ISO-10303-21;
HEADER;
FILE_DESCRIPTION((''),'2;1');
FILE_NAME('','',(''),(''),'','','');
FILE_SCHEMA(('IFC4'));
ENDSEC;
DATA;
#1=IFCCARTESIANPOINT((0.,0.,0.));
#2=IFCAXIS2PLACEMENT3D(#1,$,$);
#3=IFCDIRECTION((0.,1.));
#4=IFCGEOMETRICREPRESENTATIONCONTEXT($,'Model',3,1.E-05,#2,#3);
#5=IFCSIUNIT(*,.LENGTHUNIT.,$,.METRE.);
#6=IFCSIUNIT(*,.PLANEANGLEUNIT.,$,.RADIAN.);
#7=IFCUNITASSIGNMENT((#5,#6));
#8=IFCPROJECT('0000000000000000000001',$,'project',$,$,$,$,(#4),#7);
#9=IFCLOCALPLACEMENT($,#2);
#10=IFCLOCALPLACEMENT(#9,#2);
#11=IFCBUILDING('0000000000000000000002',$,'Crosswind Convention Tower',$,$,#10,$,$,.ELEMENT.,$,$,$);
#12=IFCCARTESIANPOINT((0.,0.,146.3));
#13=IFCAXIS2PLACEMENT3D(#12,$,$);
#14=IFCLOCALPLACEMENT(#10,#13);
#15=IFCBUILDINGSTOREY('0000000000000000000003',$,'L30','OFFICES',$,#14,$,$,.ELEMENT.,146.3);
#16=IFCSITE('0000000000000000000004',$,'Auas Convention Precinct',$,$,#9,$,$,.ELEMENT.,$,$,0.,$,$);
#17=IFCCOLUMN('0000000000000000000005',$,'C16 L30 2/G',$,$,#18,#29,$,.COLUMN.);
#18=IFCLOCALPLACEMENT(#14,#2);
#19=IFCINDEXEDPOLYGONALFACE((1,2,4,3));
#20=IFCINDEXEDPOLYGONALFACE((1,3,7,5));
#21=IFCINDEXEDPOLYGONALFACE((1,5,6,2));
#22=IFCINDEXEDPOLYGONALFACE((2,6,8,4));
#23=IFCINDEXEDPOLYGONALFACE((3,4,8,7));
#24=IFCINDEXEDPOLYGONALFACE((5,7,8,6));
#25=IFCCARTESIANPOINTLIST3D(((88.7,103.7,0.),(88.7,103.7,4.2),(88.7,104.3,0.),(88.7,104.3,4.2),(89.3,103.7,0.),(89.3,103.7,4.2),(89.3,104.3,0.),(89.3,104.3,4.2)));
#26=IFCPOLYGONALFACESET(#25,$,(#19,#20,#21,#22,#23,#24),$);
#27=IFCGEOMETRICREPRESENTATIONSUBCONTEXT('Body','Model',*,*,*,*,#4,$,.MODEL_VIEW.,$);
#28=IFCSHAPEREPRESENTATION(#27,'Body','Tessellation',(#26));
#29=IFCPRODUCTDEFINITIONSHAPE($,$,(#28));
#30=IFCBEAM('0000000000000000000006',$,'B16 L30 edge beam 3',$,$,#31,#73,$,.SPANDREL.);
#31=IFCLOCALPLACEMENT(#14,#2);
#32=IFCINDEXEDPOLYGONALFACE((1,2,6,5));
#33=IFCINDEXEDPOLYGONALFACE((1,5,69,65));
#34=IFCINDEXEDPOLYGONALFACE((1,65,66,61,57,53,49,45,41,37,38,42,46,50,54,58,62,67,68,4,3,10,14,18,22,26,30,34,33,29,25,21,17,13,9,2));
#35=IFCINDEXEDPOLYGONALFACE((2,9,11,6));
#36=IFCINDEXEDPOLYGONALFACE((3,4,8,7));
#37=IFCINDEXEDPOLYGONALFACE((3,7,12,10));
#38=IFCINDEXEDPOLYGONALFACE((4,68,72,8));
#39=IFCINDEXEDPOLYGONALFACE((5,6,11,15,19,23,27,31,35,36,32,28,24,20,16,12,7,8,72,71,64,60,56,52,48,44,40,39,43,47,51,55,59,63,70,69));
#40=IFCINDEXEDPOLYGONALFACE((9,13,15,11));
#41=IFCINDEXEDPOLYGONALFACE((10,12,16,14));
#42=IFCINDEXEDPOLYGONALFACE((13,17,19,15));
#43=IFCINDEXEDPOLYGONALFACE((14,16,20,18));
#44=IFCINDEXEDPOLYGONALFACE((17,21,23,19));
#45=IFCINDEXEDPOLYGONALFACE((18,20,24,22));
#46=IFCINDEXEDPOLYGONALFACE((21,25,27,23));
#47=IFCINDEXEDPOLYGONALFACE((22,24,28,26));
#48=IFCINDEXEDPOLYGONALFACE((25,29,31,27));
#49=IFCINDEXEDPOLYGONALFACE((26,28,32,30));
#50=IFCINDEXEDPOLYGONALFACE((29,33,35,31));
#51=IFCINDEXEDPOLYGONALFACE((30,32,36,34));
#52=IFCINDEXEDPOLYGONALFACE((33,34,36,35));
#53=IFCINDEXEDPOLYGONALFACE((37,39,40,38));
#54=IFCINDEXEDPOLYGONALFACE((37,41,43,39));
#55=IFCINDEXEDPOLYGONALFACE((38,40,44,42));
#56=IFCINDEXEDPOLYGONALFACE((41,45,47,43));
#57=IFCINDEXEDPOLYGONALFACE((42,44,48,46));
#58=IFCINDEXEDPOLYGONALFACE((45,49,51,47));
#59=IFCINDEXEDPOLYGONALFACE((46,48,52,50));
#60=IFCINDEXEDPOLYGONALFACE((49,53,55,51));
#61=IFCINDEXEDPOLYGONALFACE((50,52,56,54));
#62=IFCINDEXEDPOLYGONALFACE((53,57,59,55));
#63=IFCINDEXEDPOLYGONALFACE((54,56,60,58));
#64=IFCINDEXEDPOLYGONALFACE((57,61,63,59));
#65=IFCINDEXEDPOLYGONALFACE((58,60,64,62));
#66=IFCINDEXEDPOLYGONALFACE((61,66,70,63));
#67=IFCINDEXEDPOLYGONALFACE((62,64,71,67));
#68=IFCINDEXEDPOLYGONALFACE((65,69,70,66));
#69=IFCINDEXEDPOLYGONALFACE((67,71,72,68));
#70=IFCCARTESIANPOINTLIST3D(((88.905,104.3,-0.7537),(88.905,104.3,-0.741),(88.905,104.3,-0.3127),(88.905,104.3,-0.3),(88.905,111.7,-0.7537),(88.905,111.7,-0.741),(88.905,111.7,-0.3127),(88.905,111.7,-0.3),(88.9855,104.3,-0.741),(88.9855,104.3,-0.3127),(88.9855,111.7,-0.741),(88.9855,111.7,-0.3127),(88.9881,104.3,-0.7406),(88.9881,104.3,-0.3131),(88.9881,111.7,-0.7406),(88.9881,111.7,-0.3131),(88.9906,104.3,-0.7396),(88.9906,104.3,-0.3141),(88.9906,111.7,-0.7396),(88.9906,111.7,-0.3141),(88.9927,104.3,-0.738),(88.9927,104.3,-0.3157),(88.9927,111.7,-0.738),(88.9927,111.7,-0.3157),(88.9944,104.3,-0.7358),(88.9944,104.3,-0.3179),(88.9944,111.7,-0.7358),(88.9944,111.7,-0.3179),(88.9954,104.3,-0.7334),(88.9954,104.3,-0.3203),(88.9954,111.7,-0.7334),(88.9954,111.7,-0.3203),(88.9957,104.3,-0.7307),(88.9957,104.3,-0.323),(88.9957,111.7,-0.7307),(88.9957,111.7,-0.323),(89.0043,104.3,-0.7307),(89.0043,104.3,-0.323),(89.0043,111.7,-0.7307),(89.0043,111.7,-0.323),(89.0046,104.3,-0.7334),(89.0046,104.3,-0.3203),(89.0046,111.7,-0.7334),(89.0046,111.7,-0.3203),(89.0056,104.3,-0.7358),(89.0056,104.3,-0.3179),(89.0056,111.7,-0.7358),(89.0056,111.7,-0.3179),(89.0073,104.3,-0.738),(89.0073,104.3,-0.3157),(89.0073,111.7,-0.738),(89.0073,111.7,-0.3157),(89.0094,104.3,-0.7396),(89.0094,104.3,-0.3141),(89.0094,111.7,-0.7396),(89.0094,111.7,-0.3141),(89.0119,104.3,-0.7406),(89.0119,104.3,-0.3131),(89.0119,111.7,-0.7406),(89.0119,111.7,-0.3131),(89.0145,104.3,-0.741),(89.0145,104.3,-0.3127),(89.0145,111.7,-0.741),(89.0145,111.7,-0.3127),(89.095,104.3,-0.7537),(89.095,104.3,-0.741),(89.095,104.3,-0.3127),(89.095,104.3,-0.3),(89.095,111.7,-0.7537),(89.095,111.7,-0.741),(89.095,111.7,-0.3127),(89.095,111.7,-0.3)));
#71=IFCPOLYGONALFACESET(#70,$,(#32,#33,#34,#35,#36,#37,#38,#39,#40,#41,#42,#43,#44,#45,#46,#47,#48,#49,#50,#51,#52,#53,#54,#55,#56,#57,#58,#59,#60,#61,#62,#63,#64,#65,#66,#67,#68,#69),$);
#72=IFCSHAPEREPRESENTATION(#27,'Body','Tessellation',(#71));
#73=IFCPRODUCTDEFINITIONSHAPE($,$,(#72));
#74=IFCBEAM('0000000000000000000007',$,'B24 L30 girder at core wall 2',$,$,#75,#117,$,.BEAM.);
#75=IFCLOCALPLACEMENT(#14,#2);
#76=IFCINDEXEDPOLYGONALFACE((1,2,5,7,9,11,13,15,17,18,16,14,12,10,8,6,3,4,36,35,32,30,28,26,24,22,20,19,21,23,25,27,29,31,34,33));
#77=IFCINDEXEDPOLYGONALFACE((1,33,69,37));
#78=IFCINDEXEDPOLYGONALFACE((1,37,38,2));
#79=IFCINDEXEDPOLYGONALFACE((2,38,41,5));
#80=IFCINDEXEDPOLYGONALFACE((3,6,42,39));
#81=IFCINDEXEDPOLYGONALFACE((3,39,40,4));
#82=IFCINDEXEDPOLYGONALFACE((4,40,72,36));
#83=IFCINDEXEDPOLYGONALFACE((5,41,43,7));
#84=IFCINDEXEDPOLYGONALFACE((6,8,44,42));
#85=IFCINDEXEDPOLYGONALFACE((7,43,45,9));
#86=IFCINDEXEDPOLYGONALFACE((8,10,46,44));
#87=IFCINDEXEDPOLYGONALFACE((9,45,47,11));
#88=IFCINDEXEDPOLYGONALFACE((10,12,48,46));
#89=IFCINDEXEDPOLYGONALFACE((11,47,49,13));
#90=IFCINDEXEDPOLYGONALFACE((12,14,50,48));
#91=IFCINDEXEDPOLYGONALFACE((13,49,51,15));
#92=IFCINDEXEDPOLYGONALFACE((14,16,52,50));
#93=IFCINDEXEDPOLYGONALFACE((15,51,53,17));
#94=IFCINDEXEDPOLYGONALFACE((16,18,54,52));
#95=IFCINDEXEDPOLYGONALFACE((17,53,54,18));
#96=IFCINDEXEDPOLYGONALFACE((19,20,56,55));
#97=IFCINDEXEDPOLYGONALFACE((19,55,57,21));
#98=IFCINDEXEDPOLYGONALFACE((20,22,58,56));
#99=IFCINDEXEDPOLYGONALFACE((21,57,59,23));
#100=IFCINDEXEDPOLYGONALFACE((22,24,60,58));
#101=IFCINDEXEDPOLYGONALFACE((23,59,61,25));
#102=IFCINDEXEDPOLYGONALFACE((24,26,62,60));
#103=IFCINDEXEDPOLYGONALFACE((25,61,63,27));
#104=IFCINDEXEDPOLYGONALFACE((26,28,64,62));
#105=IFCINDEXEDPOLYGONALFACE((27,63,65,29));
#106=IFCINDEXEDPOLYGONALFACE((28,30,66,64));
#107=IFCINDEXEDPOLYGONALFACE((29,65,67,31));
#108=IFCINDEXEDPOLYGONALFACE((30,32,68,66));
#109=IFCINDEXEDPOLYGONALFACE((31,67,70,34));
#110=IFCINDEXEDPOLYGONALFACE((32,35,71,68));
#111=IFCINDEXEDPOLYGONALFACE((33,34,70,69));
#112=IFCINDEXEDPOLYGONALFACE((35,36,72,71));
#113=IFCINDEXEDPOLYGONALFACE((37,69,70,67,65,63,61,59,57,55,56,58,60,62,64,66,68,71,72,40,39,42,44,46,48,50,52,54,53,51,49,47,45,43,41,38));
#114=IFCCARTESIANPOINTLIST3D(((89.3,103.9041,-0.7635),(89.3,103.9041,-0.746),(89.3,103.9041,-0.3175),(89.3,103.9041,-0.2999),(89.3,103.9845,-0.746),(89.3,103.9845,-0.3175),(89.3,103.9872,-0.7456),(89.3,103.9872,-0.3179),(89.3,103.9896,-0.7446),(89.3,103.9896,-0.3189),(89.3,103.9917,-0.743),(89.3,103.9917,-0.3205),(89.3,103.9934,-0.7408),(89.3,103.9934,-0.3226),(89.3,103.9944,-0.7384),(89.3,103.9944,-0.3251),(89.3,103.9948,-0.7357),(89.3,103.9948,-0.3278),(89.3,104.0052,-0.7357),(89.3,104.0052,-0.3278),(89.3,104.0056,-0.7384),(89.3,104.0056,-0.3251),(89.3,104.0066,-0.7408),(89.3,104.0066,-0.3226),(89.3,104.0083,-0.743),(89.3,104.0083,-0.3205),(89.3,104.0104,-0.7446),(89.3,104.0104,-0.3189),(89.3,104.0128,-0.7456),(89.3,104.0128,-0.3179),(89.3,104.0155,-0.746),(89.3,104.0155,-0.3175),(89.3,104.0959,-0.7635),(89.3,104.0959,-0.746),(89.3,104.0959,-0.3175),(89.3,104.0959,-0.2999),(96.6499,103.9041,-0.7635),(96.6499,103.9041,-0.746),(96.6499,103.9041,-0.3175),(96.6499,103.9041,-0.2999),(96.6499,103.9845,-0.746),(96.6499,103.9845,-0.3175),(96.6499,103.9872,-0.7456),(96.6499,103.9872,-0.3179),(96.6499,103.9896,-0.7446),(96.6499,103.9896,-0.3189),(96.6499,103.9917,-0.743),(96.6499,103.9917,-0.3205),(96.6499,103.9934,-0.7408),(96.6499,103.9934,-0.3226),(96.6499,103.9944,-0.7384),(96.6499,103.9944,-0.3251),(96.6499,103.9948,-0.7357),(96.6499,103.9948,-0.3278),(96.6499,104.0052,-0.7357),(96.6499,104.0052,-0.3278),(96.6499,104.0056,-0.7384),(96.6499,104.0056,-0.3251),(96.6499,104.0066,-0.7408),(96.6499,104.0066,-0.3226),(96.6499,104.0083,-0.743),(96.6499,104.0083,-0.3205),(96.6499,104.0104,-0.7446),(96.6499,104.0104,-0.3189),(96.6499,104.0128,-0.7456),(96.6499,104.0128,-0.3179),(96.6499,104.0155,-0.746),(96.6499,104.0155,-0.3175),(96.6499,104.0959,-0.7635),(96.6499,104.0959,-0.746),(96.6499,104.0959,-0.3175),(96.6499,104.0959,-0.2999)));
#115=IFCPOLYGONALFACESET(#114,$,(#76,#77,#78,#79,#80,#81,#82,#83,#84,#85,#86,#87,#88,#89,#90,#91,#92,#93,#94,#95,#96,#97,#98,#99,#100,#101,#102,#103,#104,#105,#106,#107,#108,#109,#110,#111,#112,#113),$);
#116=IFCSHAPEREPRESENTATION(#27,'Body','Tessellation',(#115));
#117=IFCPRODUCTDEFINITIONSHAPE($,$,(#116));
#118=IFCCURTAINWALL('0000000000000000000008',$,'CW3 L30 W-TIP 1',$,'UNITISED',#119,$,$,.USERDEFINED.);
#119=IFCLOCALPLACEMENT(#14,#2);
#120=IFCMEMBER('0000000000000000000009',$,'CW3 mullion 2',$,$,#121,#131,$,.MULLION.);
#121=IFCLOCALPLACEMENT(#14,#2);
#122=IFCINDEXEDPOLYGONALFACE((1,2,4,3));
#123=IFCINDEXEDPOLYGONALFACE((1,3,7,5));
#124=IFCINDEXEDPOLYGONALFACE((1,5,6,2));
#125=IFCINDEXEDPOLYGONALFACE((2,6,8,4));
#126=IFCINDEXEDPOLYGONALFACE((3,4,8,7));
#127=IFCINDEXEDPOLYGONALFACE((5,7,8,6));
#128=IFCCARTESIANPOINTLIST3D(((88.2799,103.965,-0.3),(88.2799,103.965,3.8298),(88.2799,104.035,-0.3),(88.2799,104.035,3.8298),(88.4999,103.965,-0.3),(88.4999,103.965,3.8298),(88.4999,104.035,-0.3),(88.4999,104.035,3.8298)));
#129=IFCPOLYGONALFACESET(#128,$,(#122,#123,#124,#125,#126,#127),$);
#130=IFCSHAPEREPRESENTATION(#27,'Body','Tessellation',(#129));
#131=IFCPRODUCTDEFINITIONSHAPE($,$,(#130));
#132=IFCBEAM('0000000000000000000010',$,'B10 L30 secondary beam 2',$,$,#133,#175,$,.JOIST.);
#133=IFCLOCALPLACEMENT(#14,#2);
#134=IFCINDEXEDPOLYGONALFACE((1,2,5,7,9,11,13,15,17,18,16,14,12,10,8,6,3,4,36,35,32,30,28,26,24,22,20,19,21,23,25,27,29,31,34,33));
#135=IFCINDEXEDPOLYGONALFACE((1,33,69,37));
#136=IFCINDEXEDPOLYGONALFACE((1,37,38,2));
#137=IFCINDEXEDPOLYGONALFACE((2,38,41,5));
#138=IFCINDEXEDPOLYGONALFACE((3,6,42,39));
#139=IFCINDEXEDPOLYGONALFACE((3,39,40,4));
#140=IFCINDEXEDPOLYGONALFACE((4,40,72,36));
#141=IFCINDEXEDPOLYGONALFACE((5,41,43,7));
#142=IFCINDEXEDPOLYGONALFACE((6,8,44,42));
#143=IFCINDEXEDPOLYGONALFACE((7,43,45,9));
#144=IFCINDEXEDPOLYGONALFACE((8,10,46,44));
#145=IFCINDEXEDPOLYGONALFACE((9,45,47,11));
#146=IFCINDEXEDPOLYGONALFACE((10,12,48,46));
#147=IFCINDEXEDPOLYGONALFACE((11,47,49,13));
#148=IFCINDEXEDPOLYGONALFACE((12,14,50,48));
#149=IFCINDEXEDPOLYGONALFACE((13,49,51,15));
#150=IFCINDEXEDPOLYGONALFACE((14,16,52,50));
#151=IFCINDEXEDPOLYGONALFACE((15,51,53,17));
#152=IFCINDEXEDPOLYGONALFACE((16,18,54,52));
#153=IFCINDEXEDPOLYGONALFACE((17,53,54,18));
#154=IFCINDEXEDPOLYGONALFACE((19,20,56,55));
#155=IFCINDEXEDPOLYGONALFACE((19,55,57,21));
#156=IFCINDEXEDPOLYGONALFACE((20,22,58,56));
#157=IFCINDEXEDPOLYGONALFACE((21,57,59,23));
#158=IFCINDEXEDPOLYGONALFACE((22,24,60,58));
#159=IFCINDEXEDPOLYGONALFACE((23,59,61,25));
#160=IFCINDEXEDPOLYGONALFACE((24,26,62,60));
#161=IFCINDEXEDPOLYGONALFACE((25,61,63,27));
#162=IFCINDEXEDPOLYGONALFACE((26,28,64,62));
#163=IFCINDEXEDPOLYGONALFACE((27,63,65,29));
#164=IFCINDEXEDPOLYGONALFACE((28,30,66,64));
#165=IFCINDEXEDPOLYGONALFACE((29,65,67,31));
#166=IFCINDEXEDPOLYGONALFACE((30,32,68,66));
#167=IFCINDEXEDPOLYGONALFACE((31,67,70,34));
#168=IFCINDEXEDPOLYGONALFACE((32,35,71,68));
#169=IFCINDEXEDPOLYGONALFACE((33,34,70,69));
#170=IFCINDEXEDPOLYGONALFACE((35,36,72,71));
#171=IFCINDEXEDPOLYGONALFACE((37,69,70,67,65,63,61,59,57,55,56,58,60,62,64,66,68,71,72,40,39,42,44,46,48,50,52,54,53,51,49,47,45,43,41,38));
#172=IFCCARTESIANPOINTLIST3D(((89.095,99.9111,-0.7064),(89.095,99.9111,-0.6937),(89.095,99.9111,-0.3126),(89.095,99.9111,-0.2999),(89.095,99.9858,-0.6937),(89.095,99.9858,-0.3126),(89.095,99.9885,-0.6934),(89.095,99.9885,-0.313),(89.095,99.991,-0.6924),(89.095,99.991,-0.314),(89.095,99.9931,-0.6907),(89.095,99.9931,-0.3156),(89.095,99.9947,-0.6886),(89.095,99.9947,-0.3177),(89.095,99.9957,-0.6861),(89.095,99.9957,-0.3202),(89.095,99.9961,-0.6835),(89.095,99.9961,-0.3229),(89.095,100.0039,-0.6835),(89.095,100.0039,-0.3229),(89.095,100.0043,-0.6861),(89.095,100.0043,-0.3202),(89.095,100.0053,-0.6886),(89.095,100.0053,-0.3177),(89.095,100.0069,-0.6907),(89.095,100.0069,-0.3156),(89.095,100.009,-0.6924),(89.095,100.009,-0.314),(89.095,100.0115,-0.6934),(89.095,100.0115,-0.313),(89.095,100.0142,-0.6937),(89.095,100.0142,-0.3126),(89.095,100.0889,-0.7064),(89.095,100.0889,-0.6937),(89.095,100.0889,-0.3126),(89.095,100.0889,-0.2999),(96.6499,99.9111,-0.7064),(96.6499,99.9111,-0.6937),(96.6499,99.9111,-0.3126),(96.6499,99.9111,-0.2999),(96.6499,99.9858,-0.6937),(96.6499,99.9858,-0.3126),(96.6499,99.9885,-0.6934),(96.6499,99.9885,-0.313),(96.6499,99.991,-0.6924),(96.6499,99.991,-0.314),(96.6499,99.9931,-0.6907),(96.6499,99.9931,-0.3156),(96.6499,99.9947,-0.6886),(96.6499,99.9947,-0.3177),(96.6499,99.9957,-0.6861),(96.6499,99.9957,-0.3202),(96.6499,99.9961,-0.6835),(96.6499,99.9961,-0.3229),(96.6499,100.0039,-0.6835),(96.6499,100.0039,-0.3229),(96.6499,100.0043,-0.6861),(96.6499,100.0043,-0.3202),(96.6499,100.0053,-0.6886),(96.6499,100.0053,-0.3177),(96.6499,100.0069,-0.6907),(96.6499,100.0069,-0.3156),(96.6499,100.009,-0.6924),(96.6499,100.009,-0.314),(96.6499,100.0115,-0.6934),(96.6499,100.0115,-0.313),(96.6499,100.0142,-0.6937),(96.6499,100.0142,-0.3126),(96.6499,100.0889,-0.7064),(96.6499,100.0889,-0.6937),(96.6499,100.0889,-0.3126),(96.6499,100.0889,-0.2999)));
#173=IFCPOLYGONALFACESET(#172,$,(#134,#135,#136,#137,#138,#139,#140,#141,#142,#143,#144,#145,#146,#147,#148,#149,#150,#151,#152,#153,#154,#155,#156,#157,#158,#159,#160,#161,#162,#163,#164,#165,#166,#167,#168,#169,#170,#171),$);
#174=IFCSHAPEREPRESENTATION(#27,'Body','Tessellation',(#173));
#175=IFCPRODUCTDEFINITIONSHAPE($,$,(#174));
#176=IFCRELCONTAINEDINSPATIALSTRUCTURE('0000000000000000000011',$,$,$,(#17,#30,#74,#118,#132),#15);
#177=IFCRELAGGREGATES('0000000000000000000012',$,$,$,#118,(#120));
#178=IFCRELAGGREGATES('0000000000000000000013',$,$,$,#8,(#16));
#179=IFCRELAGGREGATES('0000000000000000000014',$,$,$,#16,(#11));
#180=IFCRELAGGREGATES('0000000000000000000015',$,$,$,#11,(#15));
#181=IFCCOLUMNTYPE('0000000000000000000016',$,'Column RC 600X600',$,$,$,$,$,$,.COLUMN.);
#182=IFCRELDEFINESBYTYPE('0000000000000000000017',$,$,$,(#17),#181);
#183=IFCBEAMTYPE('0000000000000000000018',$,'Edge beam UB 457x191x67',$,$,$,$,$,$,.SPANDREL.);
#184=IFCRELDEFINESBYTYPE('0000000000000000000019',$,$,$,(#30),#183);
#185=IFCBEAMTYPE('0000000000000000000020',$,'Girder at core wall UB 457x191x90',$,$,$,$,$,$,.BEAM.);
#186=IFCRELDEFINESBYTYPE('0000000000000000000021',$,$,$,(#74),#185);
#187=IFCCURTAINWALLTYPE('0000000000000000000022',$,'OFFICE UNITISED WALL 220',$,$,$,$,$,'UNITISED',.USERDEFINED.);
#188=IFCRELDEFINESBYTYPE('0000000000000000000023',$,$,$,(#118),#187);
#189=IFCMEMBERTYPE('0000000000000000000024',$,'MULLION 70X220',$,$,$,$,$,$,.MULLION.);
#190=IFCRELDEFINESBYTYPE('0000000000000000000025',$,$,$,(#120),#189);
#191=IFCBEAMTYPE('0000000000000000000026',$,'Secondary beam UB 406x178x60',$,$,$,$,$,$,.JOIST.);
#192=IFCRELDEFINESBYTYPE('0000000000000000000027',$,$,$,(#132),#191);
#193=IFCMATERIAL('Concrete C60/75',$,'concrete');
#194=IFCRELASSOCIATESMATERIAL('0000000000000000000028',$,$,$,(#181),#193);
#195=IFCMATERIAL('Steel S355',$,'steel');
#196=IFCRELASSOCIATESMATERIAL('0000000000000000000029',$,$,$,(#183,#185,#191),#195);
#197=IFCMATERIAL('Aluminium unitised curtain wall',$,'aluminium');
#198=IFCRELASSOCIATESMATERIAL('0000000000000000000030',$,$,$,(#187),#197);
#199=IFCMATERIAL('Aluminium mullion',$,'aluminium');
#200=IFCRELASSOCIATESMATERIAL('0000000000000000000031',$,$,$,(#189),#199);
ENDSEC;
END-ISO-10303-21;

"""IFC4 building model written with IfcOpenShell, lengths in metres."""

from ifc_helpers import new_model, si_unit, direction, frame, origin, origin_2d, place, context, subcontext, project, spatial, rectangle, i_section, extrude, material, material_profile, profile_set, type_object, element, aggregate, save


model = new_model("IFC4")

# Units and contexts
model_context = context("Model", 3, precision=1e-05, world=origin(), true_north=direction((0.0, 1.0)))
body_context = subcontext(model_context, "Body", "Model", "MODEL_VIEW")
ifc_project = project(units=[si_unit("LENGTHUNIT", "METRE"), si_unit("PLANEANGLEUNIT", "RADIAN")], contexts=[model_context])

# Site, building, storey
site_placement = place(None, origin())
site = spatial("IfcSite", under=ifc_project, at=site_placement, Name="Auas Convention Precinct", CompositionType="ELEMENT", RefElevation=0.0)
building_placement = place(site_placement, origin())
building = spatial("IfcBuilding", under=site, at=building_placement, Name="Crosswind Convention Tower", CompositionType="ELEMENT")
storey_placement = place(building_placement, frame((0.0, 0.0, 146.3)))
storey = spatial("IfcBuildingStorey", under=building, at=storey_placement, Name="L30", Description="OFFICES", CompositionType="ELEMENT", Elevation=146.3)

# Column
ifc_material_1 = material(Name="Concrete C60/75", Category="concrete")
ifc_material_profile_1 = material_profile(ifc_material_1, rectangle(XDim=0.6001, YDim=0.6001, at=origin_2d()), Name="RC 600X600")
ifc_profile_set_1 = profile_set([ifc_material_profile_1], Name="Concrete C60/75")
column_type = type_object("IfcColumnType", Name="Column RC 600X600", PredefinedType="COLUMN", material=ifc_profile_set_1)
column_placement = place(storey_placement, frame((89.0, 104.0, 0.0), z_axis=(0.0, 0.0, 1.0), x_axis=(1.0, 0.0, 0.0)))
element("IfcColumn", 1, at=column_placement, inside=storey, type_object=column_type, Name="C16 L30 2/G", PredefinedType="COLUMN", context=body_context, shape_type="SweptSolid", body=[
    extrude(rectangle(XDim=0.6001, YDim=0.6001, at=origin_2d()), origin(), (0.0, 0.0, 1.0), 4.2),
])

# Beams
ifc_material_2 = material(Name="Steel S355", Category="steel")
ifc_material_profile_2 = material_profile(ifc_material_2, i_section(OverallWidth=0.1899, OverallDepth=0.4536, WebThickness=0.0085, FlangeThickness=0.0127, FilletRadius=0.0103, at=origin_2d()), Name="UB 457x191x67")
ifc_profile_set_2 = profile_set([ifc_material_profile_2], Name="Steel S355")
beam_type_1 = type_object("IfcBeamType", Name="Edge beam UB 457x191x67", PredefinedType="SPANDREL", material=ifc_profile_set_2)
beam_1_placement = place(storey_placement, frame((89.0, 104.3, -0.5269), z_axis=(0.0, 1.0, 0.0), x_axis=(-1.0, 0.0, 0.0)))
element("IfcBeam", 2, at=beam_1_placement, inside=storey, type_object=beam_type_1, Name="B16 L30 edge beam 3", PredefinedType="SPANDREL", context=body_context, shape_type="SweptSolid", body=[
    extrude(i_section(OverallWidth=0.1899, OverallDepth=0.4536, WebThickness=0.0085, FlangeThickness=0.0127, FilletRadius=0.0103, at=origin_2d()), origin(), (0.0, 0.0, 1.0), 7.3999),
])
ifc_material_profile_3 = material_profile(ifc_material_2, i_section(OverallWidth=0.1919, OverallDepth=0.4636, WebThickness=0.0105, FlangeThickness=0.0176, FilletRadius=0.0103, at=origin_2d()), Name="UB 457x191x90")
ifc_profile_set_3 = profile_set([ifc_material_profile_3], Name="Steel S355")
beam_type_2 = type_object("IfcBeamType", Name="Girder at core wall UB 457x191x90", PredefinedType="BEAM", material=ifc_profile_set_3)
beam_2_placement = place(storey_placement, frame((89.3, 104.0, -0.5317), z_axis=(1.0, 0.0, 0.0), x_axis=(0.0, 1.0, 0.0)))
element("IfcBeam", 3, at=beam_2_placement, inside=storey, type_object=beam_type_2, Name="B24 L30 girder at core wall 2", PredefinedType="BEAM", context=body_context, shape_type="SweptSolid", body=[
    extrude(i_section(OverallWidth=0.1919, OverallDepth=0.4636, WebThickness=0.0105, FlangeThickness=0.0176, FilletRadius=0.0103, at=origin_2d()), origin(), (0.0, 0.0, 1.0), 7.3499),
])

# Curtain wall, member
ifc_material_3 = material(Name="Aluminium unitised curtain wall", Category="aluminium")
curtain_wall_type = type_object("IfcCurtainWallType", Name="OFFICE UNITISED WALL 220", ElementType="UNITISED", PredefinedType="USERDEFINED", material=ifc_material_3)
curtain_wall_placement = place(storey_placement, origin())
curtain_wall = element("IfcCurtainWall", 4, at=curtain_wall_placement, inside=storey, type_object=curtain_wall_type, Name="CW3 L30 W-TIP 1", ObjectType="UNITISED", PredefinedType="USERDEFINED")
ifc_material_4 = material(Name="Aluminium mullion", Category="aluminium")
ifc_material_profile_4 = material_profile(ifc_material_4, rectangle(XDim=0.22, YDim=0.0701, at=origin_2d()), Name="AL 220X70")
ifc_profile_set_4 = profile_set([ifc_material_profile_4], Name="Aluminium mullion")
member_type = type_object("IfcMemberType", Name="MULLION 70X220", PredefinedType="MULLION", material=ifc_profile_set_4)
member_placement = place(storey_placement, frame((88.3899, 104.0, -0.3), z_axis=(0.0, 0.0, 1.0), x_axis=(-1.0, 0.0, 0.0)))
member = element("IfcMember", 5, at=member_placement, type_object=member_type, Name="CW3 mullion 2", PredefinedType="MULLION", context=body_context, shape_type="SweptSolid", body=[
    extrude(rectangle(XDim=0.22, YDim=0.0701, at=origin_2d()), origin(), (0.0, 0.0, 1.0), 4.1299),
])

# Beam
ifc_material_profile_5 = material_profile(ifc_material_2, i_section(OverallWidth=0.1777, OverallDepth=0.4065, WebThickness=0.0078, FlangeThickness=0.0127, FilletRadius=0.0103, at=origin_2d()), Name="UB 406x178x60")
ifc_profile_set_5 = profile_set([ifc_material_profile_5], Name="Steel S355")
beam_type_3 = type_object("IfcBeamType", Name="Secondary beam UB 406x178x60", PredefinedType="JOIST", material=ifc_profile_set_5)
for number, where, z_axis, x_axis, name in (
    (6, (89.095, 100.0, -0.5032), (1.0, 0.0, 0.0), (0.0, 1.0, 0.0), "B10 L30 secondary beam 2"),
):
    element("IfcBeam", number, at=place(storey_placement, frame(where, z_axis=z_axis, x_axis=x_axis)), inside=storey, type_object=beam_type_3, Name=name, PredefinedType="JOIST", context=body_context, shape_type="SweptSolid", body=[
        extrude(i_section(OverallWidth=0.1777, OverallDepth=0.4065, WebThickness=0.0078, FlangeThickness=0.0127, FilletRadius=0.0103, at=origin_2d()), origin(), (0.0, 0.0, 1.0), 7.5549),
    ])

aggregate(curtain_wall, [member])

save(model, "model.ifc")
